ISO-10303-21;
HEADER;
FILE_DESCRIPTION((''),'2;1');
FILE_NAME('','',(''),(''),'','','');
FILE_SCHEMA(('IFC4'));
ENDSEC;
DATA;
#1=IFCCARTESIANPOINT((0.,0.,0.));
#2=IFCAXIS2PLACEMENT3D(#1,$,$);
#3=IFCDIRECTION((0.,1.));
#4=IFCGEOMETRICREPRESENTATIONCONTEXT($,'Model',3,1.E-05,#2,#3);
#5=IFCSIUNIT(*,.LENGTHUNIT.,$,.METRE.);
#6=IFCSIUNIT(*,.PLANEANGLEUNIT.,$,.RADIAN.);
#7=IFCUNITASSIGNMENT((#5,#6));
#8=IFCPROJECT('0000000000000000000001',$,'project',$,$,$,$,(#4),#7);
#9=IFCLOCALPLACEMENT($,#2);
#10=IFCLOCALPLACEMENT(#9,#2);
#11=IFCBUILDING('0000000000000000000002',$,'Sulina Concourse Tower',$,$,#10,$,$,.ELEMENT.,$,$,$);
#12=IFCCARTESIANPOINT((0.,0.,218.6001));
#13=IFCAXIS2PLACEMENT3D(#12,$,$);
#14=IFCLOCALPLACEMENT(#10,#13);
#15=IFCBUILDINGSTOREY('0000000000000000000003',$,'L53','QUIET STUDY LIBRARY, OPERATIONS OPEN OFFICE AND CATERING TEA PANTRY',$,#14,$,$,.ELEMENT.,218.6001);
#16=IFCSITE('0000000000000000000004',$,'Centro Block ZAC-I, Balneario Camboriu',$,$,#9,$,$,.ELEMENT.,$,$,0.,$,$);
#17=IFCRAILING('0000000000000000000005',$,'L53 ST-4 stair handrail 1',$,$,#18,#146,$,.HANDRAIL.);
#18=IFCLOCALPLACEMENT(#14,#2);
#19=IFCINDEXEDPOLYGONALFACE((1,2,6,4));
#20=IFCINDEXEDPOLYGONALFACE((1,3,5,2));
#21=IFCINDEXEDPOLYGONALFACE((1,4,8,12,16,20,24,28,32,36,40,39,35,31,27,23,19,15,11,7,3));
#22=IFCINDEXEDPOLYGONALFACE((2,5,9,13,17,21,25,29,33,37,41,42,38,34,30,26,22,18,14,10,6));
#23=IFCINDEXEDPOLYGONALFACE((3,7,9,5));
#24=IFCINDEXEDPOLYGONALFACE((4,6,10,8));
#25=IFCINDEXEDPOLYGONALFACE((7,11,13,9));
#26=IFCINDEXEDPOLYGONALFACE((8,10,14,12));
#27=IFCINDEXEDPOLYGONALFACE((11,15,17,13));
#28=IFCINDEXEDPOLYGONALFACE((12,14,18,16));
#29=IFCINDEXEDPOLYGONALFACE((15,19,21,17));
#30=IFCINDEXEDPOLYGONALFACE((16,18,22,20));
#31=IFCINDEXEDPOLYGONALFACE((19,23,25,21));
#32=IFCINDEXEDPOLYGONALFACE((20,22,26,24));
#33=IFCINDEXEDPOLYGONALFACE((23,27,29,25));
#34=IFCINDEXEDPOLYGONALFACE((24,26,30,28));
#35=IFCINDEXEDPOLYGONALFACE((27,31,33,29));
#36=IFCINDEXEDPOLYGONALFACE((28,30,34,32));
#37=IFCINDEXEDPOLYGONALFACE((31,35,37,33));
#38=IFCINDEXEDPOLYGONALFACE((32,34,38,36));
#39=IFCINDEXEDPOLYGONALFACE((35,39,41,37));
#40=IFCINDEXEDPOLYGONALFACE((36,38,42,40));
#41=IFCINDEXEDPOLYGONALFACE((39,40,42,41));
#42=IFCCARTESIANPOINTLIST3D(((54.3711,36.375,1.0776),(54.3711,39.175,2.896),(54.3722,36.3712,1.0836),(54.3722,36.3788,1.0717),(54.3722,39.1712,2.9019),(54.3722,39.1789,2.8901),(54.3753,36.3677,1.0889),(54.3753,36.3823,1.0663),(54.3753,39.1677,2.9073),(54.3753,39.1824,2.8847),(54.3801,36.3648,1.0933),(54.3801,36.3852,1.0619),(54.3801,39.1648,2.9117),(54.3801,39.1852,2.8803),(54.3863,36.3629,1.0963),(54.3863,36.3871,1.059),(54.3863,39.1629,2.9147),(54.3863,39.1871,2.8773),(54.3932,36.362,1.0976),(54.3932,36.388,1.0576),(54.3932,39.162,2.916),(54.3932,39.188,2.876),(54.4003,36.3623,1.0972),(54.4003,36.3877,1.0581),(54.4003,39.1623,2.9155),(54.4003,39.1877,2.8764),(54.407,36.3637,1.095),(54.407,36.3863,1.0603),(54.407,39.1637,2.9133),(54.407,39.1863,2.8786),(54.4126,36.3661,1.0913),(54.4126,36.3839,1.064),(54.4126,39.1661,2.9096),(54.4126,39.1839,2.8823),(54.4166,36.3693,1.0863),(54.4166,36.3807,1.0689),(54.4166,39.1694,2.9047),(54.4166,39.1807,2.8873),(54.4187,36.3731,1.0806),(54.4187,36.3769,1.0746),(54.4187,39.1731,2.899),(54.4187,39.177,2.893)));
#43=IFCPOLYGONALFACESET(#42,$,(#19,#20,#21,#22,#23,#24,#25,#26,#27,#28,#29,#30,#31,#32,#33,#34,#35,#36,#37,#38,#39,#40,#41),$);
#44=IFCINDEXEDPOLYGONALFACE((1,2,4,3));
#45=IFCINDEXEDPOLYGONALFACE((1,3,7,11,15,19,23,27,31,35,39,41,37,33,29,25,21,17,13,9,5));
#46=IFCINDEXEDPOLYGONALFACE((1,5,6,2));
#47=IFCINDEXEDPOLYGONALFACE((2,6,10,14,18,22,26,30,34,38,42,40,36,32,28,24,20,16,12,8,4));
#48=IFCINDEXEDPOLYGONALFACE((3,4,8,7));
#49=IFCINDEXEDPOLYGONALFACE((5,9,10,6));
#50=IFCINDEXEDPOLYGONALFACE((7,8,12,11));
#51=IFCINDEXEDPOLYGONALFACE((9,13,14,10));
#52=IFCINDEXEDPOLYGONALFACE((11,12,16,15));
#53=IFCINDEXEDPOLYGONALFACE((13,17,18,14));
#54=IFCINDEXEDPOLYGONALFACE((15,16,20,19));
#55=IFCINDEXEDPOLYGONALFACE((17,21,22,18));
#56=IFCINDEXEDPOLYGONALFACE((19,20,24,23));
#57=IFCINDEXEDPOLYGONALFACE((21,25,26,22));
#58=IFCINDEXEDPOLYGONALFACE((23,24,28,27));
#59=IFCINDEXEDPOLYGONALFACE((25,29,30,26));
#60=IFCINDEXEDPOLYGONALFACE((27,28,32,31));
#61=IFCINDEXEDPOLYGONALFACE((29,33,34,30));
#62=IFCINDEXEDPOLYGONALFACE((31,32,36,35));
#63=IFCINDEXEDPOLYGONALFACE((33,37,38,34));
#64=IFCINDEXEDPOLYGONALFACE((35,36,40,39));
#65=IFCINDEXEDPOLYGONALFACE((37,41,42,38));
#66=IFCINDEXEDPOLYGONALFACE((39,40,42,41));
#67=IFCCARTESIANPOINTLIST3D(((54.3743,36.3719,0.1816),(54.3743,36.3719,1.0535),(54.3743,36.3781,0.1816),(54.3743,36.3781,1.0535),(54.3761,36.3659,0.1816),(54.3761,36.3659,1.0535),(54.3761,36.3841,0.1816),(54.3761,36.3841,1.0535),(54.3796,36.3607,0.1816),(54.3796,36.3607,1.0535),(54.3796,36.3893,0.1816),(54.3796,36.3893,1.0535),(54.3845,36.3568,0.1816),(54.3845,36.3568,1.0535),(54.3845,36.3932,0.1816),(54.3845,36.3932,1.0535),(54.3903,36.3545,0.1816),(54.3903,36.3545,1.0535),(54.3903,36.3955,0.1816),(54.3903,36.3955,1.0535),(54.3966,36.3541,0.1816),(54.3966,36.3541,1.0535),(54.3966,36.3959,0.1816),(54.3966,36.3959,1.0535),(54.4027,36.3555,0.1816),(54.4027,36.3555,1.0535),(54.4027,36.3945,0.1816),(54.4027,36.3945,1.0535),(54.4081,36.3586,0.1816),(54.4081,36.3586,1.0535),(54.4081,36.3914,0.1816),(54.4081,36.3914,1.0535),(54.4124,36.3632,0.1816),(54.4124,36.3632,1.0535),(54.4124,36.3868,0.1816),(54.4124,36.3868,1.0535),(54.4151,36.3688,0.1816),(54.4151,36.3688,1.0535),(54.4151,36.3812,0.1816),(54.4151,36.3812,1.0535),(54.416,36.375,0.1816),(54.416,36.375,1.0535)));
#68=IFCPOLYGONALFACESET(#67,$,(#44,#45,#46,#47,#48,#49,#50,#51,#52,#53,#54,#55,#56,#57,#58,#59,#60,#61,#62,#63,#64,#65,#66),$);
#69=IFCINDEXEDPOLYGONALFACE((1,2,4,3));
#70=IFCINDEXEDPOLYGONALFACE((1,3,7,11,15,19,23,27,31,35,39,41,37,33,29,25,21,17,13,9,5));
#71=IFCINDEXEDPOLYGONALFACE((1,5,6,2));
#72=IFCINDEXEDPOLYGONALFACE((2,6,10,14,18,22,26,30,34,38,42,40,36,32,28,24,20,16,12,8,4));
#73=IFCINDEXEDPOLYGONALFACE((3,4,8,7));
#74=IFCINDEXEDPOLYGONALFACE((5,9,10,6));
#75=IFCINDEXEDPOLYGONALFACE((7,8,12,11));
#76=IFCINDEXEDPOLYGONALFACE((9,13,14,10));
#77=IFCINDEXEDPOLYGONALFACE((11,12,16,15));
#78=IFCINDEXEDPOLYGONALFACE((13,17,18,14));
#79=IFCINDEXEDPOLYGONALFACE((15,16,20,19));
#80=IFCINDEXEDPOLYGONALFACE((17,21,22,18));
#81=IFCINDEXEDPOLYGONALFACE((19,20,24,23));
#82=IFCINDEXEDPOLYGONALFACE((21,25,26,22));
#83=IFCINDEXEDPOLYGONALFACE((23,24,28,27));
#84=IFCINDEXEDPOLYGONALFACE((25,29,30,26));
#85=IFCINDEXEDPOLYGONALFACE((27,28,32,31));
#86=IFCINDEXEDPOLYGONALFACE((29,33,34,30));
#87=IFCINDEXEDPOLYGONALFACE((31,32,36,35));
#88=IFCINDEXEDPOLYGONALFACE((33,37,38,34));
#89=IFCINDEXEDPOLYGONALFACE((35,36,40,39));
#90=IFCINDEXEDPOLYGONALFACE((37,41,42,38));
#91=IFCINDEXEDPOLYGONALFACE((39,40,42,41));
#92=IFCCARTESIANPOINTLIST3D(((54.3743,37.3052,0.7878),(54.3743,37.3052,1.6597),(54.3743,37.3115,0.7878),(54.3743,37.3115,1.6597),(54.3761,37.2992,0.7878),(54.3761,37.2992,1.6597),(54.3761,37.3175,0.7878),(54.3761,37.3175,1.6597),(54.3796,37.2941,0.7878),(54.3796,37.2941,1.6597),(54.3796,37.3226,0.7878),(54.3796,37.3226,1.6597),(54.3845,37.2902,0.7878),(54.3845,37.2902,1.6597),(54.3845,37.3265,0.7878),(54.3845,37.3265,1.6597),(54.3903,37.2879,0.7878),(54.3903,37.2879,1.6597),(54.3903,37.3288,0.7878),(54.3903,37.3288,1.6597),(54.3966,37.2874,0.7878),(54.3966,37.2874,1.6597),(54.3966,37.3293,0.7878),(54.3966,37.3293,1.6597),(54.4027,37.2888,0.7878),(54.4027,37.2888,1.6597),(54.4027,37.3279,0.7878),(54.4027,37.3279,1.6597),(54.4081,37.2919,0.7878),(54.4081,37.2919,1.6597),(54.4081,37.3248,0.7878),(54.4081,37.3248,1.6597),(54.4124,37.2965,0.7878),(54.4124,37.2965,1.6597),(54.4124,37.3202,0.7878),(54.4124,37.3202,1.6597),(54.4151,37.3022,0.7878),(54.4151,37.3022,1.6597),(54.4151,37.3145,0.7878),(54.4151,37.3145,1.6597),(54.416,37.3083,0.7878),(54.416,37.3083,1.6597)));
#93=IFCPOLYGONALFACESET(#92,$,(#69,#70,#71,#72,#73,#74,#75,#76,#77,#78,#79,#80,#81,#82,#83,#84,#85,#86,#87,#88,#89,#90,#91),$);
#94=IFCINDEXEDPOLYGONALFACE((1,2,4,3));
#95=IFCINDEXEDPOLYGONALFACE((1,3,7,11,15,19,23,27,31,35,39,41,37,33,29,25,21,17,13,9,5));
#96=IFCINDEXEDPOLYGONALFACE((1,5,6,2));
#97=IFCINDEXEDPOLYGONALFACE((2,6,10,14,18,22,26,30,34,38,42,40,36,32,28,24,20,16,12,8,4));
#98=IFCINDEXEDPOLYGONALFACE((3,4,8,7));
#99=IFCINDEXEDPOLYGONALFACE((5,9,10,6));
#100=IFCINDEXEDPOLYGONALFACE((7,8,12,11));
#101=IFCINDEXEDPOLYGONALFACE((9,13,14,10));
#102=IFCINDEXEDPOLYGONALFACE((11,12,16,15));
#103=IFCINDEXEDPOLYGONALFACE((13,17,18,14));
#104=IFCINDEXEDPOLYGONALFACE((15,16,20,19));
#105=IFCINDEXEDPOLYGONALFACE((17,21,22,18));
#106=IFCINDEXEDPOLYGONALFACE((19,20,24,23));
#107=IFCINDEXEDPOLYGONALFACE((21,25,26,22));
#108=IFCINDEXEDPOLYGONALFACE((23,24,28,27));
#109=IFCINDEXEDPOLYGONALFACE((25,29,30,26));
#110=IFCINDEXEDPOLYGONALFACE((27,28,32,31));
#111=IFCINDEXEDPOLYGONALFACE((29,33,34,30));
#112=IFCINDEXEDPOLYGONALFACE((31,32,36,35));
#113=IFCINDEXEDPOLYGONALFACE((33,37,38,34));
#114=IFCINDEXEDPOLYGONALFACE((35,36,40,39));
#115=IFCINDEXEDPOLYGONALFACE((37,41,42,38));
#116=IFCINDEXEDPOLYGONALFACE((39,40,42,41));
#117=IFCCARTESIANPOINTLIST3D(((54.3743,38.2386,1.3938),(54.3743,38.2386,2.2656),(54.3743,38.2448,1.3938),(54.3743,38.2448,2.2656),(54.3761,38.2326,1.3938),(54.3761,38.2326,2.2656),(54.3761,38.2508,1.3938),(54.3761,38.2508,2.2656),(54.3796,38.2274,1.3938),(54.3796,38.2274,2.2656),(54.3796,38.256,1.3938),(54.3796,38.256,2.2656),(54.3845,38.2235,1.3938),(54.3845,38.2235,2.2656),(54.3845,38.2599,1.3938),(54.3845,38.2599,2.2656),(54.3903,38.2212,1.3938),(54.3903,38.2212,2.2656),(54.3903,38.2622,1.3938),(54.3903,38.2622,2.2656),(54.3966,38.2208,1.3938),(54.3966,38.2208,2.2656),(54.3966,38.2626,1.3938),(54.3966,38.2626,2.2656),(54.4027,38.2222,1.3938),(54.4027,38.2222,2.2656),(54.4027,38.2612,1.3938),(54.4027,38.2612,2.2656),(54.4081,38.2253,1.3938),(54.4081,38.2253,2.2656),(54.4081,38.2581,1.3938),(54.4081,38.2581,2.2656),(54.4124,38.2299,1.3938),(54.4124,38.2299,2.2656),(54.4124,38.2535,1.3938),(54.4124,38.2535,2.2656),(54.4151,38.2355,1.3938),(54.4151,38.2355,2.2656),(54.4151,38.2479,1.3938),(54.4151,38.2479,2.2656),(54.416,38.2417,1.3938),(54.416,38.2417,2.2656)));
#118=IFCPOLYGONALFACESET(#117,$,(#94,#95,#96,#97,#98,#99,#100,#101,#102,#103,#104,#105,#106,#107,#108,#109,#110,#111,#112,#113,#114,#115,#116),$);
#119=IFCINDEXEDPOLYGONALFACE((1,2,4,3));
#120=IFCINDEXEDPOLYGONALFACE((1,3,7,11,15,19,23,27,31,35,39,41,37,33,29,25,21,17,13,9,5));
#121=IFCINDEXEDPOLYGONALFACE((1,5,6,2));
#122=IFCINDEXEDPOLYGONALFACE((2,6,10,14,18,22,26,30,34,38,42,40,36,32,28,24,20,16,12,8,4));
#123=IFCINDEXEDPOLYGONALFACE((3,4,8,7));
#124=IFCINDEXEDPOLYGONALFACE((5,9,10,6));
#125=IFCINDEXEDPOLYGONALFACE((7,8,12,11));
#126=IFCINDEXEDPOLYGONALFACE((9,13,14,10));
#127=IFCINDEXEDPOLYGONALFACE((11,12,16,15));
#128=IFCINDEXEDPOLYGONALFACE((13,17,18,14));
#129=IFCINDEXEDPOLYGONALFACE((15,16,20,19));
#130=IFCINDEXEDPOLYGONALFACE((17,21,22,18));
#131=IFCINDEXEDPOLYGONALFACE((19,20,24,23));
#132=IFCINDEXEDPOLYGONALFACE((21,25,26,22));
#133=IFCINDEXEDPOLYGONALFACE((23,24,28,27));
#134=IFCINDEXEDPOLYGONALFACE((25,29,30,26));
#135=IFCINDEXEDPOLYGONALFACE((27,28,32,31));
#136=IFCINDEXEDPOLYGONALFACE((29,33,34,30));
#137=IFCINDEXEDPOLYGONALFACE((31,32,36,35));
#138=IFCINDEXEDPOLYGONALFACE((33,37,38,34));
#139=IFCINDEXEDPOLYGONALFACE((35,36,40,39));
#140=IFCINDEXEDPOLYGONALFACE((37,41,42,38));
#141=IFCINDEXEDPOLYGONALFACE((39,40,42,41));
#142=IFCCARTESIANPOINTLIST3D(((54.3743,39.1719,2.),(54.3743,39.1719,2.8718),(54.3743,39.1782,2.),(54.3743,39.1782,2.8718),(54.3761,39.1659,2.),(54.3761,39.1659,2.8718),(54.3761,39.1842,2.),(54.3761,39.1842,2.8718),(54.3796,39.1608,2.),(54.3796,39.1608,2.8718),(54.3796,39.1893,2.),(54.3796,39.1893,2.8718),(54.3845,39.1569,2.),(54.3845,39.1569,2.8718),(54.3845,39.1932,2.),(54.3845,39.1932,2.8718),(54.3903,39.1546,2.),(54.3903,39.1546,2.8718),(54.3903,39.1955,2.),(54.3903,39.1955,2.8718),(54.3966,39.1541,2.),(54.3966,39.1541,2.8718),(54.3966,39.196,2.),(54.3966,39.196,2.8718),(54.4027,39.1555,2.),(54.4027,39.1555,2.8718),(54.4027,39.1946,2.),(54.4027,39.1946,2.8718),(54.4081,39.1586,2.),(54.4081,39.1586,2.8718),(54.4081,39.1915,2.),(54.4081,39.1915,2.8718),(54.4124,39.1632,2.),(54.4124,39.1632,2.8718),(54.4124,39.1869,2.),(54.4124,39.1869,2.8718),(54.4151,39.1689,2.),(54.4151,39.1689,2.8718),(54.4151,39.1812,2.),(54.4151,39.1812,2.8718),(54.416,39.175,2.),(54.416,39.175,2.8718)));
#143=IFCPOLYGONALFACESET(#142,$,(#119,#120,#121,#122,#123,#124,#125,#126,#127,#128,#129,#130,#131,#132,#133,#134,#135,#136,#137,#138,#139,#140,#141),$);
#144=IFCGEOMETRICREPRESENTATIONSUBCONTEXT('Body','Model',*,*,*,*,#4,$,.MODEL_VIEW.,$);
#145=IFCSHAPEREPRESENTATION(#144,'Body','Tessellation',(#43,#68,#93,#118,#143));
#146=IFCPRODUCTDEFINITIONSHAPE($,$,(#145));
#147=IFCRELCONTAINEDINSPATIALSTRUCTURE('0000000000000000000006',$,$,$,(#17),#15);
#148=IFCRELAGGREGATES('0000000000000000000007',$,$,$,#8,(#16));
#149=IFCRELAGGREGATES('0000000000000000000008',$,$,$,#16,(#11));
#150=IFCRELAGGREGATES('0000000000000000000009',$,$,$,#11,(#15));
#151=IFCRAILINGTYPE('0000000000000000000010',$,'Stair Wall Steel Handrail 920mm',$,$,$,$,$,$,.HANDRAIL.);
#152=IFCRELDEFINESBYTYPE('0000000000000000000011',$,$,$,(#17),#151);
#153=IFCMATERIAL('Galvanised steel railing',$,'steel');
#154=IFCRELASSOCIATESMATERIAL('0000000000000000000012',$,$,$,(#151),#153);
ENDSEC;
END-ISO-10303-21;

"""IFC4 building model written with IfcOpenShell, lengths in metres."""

from ifc_helpers import new_model, si_unit, direction, frame, origin, origin_2d, place, context, subcontext, project, spatial, circle, extrude, material, type_object, element, save


model = new_model("IFC4")

# Units and contexts
model_context = context("Model", 3, precision=1e-05, world=origin(), true_north=direction((0.0, 1.0)))
body_context = subcontext(model_context, "Body", "Model", "MODEL_VIEW")
ifc_project = project(units=[si_unit("LENGTHUNIT", "METRE"), si_unit("PLANEANGLEUNIT", "RADIAN")], contexts=[model_context])

# Site, building, storey
site_placement = place(None, origin())
site = spatial("IfcSite", under=ifc_project, at=site_placement, Name="Centro Block ZAC-I, Balneario Camboriu", CompositionType="ELEMENT", RefElevation=0.0)
building_placement = place(site_placement, origin())
building = spatial("IfcBuilding", under=site, at=building_placement, Name="Sulina Concourse Tower", CompositionType="ELEMENT")
storey_placement = place(building_placement, frame((0.0, 0.0, 218.6001)))
storey = spatial("IfcBuildingStorey", under=building, at=storey_placement, Name="L53", Description="QUIET STUDY LIBRARY, OPERATIONS OPEN OFFICE AND CATERING TEA PANTRY", CompositionType="ELEMENT", Elevation=218.6001)

# Railing
ifc_material_1 = material(Name="Galvanised steel railing", Category="steel")
railing_type_1 = type_object("IfcRailingType", Name="Stair Wall Steel Handrail 920mm", PredefinedType="HANDRAIL", material=ifc_material_1)
railing_1_placement = place(storey_placement, frame((54.395, 36.375, 0.1816)))
element("IfcRailing", 1, at=railing_1_placement, inside=storey, type_object=railing_type_1, Name="L53 ST-4 stair handrail 1", PredefinedType="HANDRAIL", context=body_context, shape_type="SweptSolid", body=[
    extrude(circle(Radius=0.0239, at=origin_2d()), frame((0.0, 0.0, 0.896), z_axis=(0.0, 0.838672, 0.544636), x_axis=(-1.0, 0.0, 0.0)), (0.0, 0.0, 1.0), 3.3386),
    extrude(circle(Radius=0.021, at=origin_2d()), origin(), (0.0, 0.0, 1.0), 0.8718),
    extrude(circle(Radius=0.021, at=origin_2d()), frame((0.0, 0.9333, 0.6062)), (0.0, 0.0, 1.0), 0.8718),
    extrude(circle(Radius=0.021, at=origin_2d()), frame((0.0, 1.8667, 1.2122)), (0.0, 0.0, 1.0), 0.8718),
    extrude(circle(Radius=0.021, at=origin_2d()), frame((0.0, 2.8, 1.8184)), (0.0, 0.0, 1.0), 0.8718),
])

save(model, "model.ifc")
